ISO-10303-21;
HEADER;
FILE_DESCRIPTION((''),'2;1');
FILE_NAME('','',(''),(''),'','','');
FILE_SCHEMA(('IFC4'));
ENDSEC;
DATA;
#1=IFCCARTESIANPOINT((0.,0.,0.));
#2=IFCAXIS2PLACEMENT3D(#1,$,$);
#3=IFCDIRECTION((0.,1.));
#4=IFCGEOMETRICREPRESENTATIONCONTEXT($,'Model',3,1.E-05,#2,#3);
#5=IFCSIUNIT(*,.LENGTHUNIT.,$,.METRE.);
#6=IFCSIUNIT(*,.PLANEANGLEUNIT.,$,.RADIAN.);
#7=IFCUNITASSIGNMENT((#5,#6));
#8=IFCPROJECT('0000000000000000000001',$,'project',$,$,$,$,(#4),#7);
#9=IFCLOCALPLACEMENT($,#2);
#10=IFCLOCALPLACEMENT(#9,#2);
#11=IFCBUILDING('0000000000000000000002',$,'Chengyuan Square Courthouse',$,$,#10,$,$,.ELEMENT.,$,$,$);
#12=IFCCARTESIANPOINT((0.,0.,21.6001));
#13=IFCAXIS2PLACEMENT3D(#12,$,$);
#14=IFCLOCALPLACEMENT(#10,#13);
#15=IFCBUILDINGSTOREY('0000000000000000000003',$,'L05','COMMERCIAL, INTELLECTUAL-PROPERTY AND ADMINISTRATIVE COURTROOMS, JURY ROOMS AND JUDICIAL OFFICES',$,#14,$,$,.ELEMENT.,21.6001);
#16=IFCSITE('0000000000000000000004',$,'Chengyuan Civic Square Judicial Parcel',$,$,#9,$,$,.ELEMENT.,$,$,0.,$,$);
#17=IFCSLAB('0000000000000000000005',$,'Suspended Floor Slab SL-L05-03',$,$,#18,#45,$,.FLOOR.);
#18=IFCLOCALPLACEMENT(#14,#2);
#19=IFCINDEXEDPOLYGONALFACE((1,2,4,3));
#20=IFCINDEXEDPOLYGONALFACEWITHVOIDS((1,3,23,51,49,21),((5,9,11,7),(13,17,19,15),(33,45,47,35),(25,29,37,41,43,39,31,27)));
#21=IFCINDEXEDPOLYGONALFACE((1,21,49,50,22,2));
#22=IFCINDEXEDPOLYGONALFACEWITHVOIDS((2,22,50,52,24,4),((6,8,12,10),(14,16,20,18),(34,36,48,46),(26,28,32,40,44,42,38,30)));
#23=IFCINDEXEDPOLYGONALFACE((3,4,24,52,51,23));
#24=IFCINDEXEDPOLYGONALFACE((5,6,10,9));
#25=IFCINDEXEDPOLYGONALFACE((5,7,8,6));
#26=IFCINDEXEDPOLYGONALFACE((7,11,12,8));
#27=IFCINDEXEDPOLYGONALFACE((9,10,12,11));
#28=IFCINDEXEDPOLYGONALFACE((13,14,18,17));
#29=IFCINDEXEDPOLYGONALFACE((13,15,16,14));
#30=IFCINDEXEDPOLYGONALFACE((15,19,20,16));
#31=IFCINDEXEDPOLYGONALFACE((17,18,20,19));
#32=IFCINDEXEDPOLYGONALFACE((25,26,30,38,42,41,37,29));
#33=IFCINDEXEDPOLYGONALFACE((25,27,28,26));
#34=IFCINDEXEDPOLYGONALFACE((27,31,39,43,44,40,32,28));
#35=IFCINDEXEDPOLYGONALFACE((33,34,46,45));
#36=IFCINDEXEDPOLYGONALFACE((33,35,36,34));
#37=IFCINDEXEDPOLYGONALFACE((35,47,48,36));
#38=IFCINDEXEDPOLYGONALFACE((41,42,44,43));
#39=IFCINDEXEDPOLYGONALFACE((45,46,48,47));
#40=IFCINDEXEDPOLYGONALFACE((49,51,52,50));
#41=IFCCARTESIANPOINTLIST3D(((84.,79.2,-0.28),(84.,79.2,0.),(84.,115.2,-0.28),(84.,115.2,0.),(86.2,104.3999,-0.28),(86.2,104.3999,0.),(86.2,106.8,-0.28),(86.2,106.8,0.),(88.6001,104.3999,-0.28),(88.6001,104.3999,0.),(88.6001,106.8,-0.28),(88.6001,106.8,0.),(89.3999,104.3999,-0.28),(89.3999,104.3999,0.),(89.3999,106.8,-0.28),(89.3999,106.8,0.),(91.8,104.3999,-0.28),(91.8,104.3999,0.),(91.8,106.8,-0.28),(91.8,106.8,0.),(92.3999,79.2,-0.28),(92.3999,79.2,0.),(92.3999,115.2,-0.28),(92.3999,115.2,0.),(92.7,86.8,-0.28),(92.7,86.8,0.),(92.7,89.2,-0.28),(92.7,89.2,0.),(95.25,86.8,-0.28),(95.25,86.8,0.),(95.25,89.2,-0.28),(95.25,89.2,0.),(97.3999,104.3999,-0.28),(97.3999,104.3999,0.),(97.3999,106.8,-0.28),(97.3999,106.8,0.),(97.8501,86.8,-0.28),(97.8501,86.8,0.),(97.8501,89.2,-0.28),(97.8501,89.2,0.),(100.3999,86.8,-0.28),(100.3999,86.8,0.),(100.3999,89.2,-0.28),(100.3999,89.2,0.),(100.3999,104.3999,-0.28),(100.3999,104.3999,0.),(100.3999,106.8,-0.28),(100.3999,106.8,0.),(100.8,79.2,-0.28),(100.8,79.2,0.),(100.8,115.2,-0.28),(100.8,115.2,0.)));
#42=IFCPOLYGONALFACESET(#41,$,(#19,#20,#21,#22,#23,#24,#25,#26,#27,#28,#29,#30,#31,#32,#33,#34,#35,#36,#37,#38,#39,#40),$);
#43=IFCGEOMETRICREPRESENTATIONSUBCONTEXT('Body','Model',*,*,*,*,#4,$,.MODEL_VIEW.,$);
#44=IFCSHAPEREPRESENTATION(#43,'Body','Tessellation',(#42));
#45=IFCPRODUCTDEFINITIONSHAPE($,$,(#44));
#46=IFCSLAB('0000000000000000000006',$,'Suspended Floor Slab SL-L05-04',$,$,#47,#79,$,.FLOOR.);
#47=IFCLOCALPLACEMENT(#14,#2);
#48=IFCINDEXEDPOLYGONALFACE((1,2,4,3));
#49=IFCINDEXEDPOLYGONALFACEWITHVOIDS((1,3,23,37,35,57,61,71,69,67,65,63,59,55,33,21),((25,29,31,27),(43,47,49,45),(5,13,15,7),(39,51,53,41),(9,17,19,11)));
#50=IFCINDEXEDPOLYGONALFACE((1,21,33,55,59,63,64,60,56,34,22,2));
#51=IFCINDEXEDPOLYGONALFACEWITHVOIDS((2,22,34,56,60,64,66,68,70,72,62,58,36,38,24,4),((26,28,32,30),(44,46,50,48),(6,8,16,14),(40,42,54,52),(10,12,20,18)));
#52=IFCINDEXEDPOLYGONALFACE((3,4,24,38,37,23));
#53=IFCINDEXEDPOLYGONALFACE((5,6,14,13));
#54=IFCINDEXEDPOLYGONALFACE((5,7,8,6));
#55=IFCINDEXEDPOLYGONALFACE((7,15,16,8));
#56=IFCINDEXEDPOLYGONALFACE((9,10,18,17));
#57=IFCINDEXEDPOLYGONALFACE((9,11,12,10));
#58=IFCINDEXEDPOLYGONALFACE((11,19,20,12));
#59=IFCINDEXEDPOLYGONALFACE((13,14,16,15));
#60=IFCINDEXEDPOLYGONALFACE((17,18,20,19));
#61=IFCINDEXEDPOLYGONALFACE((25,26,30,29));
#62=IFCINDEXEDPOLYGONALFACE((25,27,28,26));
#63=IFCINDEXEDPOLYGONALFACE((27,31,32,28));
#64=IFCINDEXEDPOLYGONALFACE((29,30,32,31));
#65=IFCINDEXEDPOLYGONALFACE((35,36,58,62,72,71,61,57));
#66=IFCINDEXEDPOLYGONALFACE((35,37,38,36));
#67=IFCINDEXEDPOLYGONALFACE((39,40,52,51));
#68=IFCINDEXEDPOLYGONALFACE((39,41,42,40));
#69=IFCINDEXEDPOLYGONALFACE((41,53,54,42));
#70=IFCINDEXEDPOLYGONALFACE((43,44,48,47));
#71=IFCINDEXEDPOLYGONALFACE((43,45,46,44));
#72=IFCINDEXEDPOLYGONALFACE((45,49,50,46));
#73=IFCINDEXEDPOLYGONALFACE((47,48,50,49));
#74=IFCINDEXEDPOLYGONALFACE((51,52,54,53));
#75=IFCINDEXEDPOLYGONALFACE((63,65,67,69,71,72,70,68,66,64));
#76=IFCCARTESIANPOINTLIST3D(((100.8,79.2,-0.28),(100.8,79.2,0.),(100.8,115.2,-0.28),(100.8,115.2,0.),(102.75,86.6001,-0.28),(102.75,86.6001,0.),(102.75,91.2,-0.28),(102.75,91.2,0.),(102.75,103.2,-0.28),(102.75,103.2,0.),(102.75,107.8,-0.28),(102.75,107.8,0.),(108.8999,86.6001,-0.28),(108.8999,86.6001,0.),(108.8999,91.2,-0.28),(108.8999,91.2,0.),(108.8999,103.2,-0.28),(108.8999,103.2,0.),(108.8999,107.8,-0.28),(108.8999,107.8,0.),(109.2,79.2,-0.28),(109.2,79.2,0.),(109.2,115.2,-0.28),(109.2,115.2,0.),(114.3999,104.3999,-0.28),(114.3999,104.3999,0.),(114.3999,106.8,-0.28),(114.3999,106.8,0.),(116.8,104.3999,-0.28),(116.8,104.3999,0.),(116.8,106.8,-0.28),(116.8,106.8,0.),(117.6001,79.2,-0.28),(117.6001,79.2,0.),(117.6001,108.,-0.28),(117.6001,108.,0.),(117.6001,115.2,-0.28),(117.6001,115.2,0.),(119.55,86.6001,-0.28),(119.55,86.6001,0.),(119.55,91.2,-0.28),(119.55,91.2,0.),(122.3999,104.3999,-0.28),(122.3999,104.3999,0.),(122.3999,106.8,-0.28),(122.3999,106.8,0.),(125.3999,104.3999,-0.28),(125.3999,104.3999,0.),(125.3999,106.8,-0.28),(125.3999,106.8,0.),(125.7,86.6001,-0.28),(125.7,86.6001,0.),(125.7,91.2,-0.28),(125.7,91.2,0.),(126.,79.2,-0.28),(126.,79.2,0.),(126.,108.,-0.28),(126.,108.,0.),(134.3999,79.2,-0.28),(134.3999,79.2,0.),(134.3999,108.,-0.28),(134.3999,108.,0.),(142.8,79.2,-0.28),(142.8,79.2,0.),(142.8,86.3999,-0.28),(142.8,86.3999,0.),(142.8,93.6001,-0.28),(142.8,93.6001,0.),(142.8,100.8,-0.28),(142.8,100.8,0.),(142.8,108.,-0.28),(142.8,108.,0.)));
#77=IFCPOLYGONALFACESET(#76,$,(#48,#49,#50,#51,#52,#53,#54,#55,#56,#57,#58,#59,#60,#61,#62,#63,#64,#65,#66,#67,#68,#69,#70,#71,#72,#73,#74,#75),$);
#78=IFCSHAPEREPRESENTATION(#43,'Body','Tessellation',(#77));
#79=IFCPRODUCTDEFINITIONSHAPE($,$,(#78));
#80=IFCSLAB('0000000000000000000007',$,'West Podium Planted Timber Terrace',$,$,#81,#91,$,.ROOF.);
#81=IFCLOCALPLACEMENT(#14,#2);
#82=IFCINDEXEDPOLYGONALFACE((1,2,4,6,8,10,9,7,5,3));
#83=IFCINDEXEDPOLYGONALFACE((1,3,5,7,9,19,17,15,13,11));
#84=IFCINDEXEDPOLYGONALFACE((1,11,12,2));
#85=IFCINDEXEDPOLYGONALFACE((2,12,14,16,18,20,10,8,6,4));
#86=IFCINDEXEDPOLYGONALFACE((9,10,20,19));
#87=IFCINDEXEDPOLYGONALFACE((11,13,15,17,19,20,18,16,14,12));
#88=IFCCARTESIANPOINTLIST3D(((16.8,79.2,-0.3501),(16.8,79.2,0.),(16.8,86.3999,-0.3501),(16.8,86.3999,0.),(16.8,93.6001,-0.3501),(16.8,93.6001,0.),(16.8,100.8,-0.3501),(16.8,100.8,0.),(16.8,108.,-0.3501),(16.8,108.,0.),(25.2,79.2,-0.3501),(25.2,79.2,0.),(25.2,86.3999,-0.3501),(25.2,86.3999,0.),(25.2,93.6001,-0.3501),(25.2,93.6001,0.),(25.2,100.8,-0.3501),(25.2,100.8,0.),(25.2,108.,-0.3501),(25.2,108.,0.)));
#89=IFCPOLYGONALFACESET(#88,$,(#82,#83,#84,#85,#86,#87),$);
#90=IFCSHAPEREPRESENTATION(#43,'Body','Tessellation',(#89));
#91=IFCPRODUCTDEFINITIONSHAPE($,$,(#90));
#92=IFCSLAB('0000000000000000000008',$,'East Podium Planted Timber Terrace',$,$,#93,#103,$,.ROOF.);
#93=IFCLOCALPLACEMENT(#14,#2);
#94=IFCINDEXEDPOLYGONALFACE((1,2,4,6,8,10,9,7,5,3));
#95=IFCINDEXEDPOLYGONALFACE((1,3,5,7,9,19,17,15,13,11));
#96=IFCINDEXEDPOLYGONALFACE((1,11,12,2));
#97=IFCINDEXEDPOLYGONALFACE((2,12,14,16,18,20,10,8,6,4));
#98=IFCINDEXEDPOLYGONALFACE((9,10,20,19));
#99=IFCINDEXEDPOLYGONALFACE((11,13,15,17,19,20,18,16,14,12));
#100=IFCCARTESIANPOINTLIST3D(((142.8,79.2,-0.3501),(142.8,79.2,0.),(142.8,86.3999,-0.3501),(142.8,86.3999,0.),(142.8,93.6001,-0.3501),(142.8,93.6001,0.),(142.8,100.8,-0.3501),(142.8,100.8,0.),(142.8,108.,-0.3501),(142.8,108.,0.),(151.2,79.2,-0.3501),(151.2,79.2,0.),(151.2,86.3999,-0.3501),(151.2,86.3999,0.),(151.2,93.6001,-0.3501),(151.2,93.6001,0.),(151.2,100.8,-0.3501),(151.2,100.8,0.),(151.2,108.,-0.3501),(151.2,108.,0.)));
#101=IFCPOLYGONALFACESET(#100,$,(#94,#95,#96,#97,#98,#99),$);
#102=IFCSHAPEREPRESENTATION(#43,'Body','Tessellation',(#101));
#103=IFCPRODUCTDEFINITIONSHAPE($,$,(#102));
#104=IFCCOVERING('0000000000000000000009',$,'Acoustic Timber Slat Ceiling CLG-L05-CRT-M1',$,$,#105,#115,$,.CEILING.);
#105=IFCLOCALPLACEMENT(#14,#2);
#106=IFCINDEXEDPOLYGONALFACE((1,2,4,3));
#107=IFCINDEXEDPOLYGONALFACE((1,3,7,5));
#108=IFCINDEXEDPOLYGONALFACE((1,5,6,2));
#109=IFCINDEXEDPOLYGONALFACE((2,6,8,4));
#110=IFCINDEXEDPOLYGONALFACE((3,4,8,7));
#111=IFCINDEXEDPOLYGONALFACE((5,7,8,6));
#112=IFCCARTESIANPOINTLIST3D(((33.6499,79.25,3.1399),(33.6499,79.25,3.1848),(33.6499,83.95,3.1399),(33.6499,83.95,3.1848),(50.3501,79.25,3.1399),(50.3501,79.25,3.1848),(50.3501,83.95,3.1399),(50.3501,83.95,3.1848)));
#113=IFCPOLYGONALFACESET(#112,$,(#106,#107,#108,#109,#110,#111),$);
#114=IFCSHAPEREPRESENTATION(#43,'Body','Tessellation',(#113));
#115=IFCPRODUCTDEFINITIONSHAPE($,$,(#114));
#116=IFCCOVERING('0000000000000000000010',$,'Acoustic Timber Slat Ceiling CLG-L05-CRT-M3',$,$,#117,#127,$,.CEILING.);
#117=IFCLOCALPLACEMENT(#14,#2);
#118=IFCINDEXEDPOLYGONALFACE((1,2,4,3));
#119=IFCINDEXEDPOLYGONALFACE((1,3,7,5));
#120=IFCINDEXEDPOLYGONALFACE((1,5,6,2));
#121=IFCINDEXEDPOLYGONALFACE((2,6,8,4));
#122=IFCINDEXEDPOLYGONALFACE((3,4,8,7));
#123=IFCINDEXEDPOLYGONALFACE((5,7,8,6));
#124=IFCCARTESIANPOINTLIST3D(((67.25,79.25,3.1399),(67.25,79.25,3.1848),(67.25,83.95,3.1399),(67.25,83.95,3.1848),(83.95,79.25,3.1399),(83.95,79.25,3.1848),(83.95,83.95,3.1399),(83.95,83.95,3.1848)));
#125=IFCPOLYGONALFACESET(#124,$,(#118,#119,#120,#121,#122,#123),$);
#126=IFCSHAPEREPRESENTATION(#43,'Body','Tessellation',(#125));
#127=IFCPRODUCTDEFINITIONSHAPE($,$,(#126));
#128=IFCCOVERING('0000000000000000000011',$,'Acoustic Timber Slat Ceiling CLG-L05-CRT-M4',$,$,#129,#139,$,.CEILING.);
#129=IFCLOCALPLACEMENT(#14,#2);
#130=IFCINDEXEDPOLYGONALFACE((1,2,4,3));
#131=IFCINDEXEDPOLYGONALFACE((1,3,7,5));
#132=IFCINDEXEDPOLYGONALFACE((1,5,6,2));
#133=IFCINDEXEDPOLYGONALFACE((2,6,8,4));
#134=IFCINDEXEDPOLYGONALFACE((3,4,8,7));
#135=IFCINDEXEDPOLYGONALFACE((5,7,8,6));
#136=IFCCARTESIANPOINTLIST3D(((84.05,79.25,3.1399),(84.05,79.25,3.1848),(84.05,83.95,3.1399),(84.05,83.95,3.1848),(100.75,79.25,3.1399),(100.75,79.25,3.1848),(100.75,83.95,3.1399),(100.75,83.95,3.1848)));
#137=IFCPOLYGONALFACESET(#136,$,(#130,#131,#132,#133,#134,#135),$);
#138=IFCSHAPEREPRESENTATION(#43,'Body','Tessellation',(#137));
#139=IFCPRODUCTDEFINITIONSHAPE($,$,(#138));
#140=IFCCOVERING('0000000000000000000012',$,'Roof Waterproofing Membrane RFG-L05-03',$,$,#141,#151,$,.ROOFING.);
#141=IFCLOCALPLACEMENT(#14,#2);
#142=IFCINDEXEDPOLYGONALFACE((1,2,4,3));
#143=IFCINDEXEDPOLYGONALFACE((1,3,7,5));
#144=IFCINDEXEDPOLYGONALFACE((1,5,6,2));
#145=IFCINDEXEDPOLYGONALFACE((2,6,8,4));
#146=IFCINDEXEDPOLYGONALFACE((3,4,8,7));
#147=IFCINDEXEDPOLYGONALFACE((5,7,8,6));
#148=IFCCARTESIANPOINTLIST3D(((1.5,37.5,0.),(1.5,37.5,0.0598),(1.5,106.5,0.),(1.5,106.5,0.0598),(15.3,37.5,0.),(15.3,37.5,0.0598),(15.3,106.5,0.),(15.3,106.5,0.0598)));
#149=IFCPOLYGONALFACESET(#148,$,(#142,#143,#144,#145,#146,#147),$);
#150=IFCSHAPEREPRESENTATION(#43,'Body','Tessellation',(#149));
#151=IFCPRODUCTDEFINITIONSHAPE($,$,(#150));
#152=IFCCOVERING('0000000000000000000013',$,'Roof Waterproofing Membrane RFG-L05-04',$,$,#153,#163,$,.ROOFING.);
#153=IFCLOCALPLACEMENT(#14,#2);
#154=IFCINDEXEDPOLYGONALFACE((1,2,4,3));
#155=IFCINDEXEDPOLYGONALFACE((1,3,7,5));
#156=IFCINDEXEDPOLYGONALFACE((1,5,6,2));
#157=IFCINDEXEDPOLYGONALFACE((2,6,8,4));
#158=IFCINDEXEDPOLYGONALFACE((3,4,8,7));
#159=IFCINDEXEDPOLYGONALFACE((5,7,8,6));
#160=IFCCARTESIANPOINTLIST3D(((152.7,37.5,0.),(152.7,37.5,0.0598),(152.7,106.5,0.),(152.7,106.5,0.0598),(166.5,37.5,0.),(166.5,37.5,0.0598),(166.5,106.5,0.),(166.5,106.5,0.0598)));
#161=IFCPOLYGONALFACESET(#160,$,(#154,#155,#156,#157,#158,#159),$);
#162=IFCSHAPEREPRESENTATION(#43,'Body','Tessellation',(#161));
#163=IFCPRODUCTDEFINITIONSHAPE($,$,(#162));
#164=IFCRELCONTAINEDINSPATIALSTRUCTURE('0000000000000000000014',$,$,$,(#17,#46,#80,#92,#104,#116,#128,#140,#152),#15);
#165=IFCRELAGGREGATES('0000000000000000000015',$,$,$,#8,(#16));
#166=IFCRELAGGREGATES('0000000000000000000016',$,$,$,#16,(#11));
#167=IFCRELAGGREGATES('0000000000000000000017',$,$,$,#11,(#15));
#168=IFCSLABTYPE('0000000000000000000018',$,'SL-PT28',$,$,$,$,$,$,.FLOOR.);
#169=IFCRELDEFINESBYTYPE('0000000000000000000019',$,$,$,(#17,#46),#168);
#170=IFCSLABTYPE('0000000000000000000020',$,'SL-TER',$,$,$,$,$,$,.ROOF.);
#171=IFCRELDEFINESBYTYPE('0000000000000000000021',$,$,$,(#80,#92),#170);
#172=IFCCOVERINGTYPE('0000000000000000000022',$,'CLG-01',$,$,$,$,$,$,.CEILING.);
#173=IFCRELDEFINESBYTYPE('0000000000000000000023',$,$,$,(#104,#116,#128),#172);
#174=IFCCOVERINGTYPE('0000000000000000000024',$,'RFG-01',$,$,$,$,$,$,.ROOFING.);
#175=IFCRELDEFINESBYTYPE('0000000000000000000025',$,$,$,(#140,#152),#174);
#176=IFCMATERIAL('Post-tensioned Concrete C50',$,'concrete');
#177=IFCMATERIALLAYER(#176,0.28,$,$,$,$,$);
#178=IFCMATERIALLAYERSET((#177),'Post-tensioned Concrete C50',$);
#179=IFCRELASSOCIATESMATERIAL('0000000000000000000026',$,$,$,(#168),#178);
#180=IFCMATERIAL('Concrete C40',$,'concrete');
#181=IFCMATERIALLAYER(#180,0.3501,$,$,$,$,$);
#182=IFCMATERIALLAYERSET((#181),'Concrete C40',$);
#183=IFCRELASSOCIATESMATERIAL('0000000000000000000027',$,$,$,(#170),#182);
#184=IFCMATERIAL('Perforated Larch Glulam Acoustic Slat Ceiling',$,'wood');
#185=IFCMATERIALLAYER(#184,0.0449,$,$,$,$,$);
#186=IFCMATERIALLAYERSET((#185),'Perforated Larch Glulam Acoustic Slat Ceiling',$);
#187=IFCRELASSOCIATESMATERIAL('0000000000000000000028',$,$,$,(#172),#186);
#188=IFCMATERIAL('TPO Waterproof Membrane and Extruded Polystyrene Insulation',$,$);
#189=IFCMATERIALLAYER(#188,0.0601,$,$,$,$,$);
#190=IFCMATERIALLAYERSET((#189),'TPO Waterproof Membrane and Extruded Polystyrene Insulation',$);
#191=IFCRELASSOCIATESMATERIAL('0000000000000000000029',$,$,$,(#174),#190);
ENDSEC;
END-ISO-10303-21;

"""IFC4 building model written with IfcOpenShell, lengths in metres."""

from ifc_helpers import new_model, si_unit, direction, frame, origin, place, context, subcontext, project, spatial, polyline, outline, extrude, material, layer, layer_set, type_object, element, save


model = new_model("IFC4")

# Units and contexts
model_context = context("Model", 3, precision=1e-05, world=origin(), true_north=direction((0.0, 1.0)))
body_context = subcontext(model_context, "Body", "Model", "MODEL_VIEW")
ifc_project = project(units=[si_unit("LENGTHUNIT", "METRE"), si_unit("PLANEANGLEUNIT", "RADIAN")], contexts=[model_context])

# Site, building, storey
site_placement = place(None, origin())
site = spatial("IfcSite", under=ifc_project, at=site_placement, Name="Chengyuan Civic Square Judicial Parcel", CompositionType="ELEMENT", RefElevation=0.0)
building_placement = place(site_placement, origin())
building = spatial("IfcBuilding", under=site, at=building_placement, Name="Chengyuan Square Courthouse", CompositionType="ELEMENT")
storey_placement = place(building_placement, frame((0.0, 0.0, 21.6001)))
storey = spatial("IfcBuildingStorey", under=building, at=storey_placement, Name="L05", Description="COMMERCIAL, INTELLECTUAL-PROPERTY AND ADMINISTRATIVE COURTROOMS, JURY ROOMS AND JUDICIAL OFFICES", CompositionType="ELEMENT", Elevation=21.6001)

# Slabs
ifc_material_1 = material(Name="Concrete C40", Category="concrete")
ifc_material_2 = material(Name="Post-tensioned Concrete C50", Category="concrete")
ifc_layer_1 = layer(ifc_material_2, 0.28)
ifc_layer_set_1 = layer_set([ifc_layer_1], Name="Post-tensioned Concrete C50")
slab_type_1 = type_object("IfcSlabType", Name="SL-PT28", PredefinedType="FLOOR", material=ifc_layer_set_1)
slab_1_placement = place(storey_placement, frame((0.0, 0.0, -0.28)))
element("IfcSlab", 1, at=slab_1_placement, inside=storey, type_object=slab_type_1, Name="Suspended Floor Slab SL-L05-03", PredefinedType="FLOOR", context=body_context, shape_type="SweptSolid", body=[
    extrude(outline(polyline([(92.3999, 115.2), (100.8, 115.2), (100.8, 79.2), (92.3999, 79.2), (84.0, 79.2), (84.0, 115.2), (92.3999, 115.2)]), holes=[polyline([(92.7, 89.2), (92.7, 86.8), (95.25, 86.8), (97.8501, 86.8), (100.3999, 86.8), (100.3999, 89.2), (97.8501, 89.2), (95.25, 89.2), (92.7, 89.2)]), polyline([(88.6001, 106.8), (86.2, 106.8), (86.2, 104.3999), (88.6001, 104.3999), (88.6001, 106.8)]), polyline([(91.8, 106.8), (89.3999, 106.8), (89.3999, 104.3999), (91.8, 104.3999), (91.8, 106.8)]), polyline([(97.3999, 106.8), (97.3999, 104.3999), (100.3999, 104.3999), (100.3999, 106.8), (97.3999, 106.8)])]), origin(), (0.0, 0.0, 1.0), 0.28),
])
slab_2_placement = place(storey_placement, frame((0.0, 0.0, -0.28)))
element("IfcSlab", 2, at=slab_2_placement, inside=storey, type_object=slab_type_1, Name="Suspended Floor Slab SL-L05-04", PredefinedType="FLOOR", context=body_context, shape_type="SweptSolid", body=[
    extrude(outline(polyline([(109.2, 115.2), (117.6001, 115.2), (117.6001, 108.0), (126.0, 108.0), (134.3999, 108.0), (142.8, 108.0), (142.8, 100.8), (142.8, 93.6001), (142.8, 86.3999), (142.8, 79.2), (134.3999, 79.2), (126.0, 79.2), (117.6001, 79.2), (109.2, 79.2), (100.8, 79.2), (100.8, 115.2), (109.2, 115.2)]), holes=[polyline([(108.8999, 91.2), (102.75, 91.2), (102.75, 86.6001), (108.8999, 86.6001), (108.8999, 91.2)]), polyline([(125.7, 91.2), (119.55, 91.2), (119.55, 86.6001), (125.7, 86.6001), (125.7, 91.2)]), polyline([(102.75, 107.8), (102.75, 103.2), (108.8999, 103.2), (108.8999, 107.8), (102.75, 107.8)]), polyline([(116.8, 106.8), (114.3999, 106.8), (114.3999, 104.3999), (116.8, 104.3999), (116.8, 106.8)]), polyline([(125.3999, 106.8), (122.3999, 106.8), (122.3999, 104.3999), (125.3999, 104.3999), (125.3999, 106.8)])]), origin(), (0.0, 0.0, 1.0), 0.28),
])

# Slabs
ifc_layer_2 = layer(ifc_material_1, 0.3501)
ifc_layer_set_2 = layer_set([ifc_layer_2], Name="Concrete C40")
slab_type_2 = type_object("IfcSlabType", Name="SL-TER", PredefinedType="ROOF", material=ifc_layer_set_2)
slab_3_placement = place(storey_placement, frame((0.0, 0.0, -0.3501)))
element("IfcSlab", 3, at=slab_3_placement, inside=storey, type_object=slab_type_2, Name="West Podium Planted Timber Terrace", PredefinedType="ROOF", context=body_context, shape_type="SweptSolid", body=[
    extrude(outline(polyline([(16.8, 79.2), (16.8, 86.3999), (16.8, 93.6001), (16.8, 100.8), (16.8, 108.0), (25.2, 108.0), (25.2, 100.8), (25.2, 93.6001), (25.2, 86.3999), (25.2, 79.2), (16.8, 79.2)])), origin(), (0.0, 0.0, 1.0), 0.3501),
])
slab_4_placement = place(storey_placement, frame((0.0, 0.0, -0.3501)))
element("IfcSlab", 4, at=slab_4_placement, inside=storey, type_object=slab_type_2, Name="East Podium Planted Timber Terrace", PredefinedType="ROOF", context=body_context, shape_type="SweptSolid", body=[
    extrude(outline(polyline([(142.8, 79.2), (142.8, 86.3999), (142.8, 93.6001), (142.8, 100.8), (142.8, 108.0), (151.2, 108.0), (151.2, 100.8), (151.2, 93.6001), (151.2, 86.3999), (151.2, 79.2), (142.8, 79.2)])), origin(), (0.0, 0.0, 1.0), 0.3501),
])

# Coverings
ifc_material_3 = material(Name="Perforated Larch Glulam Acoustic Slat Ceiling", Category="wood")
ifc_layer_3 = layer(ifc_material_3, 0.0449)
ifc_layer_set_3 = layer_set([ifc_layer_3], Name="Perforated Larch Glulam Acoustic Slat Ceiling")
covering_type_1 = type_object("IfcCoveringType", Name="CLG-01", PredefinedType="CEILING", material=ifc_layer_set_3)
covering_1_placement = place(storey_placement, frame((0.0, 0.0, 3.1399)))
element("IfcCovering", 5, at=covering_1_placement, inside=storey, type_object=covering_type_1, Name="Acoustic Timber Slat Ceiling CLG-L05-CRT-M1", PredefinedType="CEILING", context=body_context, shape_type="SweptSolid", body=[
    extrude(outline(polyline([(33.6499, 79.25), (50.3501, 79.25), (50.3501, 83.95), (33.6499, 83.95), (33.6499, 79.25)])), origin(), (0.0, 0.0, 1.0), 0.0449),
])
covering_2_placement = place(storey_placement, frame((0.0, 0.0, 3.1399)))
element("IfcCovering", 6, at=covering_2_placement, inside=storey, type_object=covering_type_1, Name="Acoustic Timber Slat Ceiling CLG-L05-CRT-M3", PredefinedType="CEILING", context=body_context, shape_type="SweptSolid", body=[
    extrude(outline(polyline([(67.25, 79.25), (83.95, 79.25), (83.95, 83.95), (67.25, 83.95), (67.25, 79.25)])), origin(), (0.0, 0.0, 1.0), 0.0449),
])
covering_3_placement = place(storey_placement, frame((0.0, 0.0, 3.1399)))
element("IfcCovering", 7, at=covering_3_placement, inside=storey, type_object=covering_type_1, Name="Acoustic Timber Slat Ceiling CLG-L05-CRT-M4", PredefinedType="CEILING", context=body_context, shape_type="SweptSolid", body=[
    extrude(outline(polyline([(84.05, 79.25), (100.75, 79.25), (100.75, 83.95), (84.05, 83.95), (84.05, 79.25)])), origin(), (0.0, 0.0, 1.0), 0.0449),
])
ifc_material_4 = material(Name="TPO Waterproof Membrane and Extruded Polystyrene Insulation")
ifc_layer_4 = layer(ifc_material_4, 0.0601)
ifc_layer_set_4 = layer_set([ifc_layer_4], Name="TPO Waterproof Membrane and Extruded Polystyrene Insulation")
covering_type_2 = type_object("IfcCoveringType", Name="RFG-01", PredefinedType="ROOFING", material=ifc_layer_set_4)
covering_4_placement = place(storey_placement, origin())
element("IfcCovering", 8, at=covering_4_placement, inside=storey, type_object=covering_type_2, Name="Roof Waterproofing Membrane RFG-L05-03", PredefinedType="ROOFING", context=body_context, shape_type="SweptSolid", body=[
    extrude(outline(polyline([(1.5, 37.5), (15.3, 37.5), (15.3, 106.5), (1.5, 106.5), (1.5, 37.5)])), origin(), (0.0, 0.0, 1.0), 0.0598),
])
covering_5_placement = place(storey_placement, origin())
element("IfcCovering", 9, at=covering_5_placement, inside=storey, type_object=covering_type_2, Name="Roof Waterproofing Membrane RFG-L05-04", PredefinedType="ROOFING", context=body_context, shape_type="SweptSolid", body=[
    extrude(outline(polyline([(152.7, 37.5), (166.5, 37.5), (166.5, 106.5), (152.7, 106.5), (152.7, 37.5)])), origin(), (0.0, 0.0, 1.0), 0.0598),
])

save(model, "model.ifc")
